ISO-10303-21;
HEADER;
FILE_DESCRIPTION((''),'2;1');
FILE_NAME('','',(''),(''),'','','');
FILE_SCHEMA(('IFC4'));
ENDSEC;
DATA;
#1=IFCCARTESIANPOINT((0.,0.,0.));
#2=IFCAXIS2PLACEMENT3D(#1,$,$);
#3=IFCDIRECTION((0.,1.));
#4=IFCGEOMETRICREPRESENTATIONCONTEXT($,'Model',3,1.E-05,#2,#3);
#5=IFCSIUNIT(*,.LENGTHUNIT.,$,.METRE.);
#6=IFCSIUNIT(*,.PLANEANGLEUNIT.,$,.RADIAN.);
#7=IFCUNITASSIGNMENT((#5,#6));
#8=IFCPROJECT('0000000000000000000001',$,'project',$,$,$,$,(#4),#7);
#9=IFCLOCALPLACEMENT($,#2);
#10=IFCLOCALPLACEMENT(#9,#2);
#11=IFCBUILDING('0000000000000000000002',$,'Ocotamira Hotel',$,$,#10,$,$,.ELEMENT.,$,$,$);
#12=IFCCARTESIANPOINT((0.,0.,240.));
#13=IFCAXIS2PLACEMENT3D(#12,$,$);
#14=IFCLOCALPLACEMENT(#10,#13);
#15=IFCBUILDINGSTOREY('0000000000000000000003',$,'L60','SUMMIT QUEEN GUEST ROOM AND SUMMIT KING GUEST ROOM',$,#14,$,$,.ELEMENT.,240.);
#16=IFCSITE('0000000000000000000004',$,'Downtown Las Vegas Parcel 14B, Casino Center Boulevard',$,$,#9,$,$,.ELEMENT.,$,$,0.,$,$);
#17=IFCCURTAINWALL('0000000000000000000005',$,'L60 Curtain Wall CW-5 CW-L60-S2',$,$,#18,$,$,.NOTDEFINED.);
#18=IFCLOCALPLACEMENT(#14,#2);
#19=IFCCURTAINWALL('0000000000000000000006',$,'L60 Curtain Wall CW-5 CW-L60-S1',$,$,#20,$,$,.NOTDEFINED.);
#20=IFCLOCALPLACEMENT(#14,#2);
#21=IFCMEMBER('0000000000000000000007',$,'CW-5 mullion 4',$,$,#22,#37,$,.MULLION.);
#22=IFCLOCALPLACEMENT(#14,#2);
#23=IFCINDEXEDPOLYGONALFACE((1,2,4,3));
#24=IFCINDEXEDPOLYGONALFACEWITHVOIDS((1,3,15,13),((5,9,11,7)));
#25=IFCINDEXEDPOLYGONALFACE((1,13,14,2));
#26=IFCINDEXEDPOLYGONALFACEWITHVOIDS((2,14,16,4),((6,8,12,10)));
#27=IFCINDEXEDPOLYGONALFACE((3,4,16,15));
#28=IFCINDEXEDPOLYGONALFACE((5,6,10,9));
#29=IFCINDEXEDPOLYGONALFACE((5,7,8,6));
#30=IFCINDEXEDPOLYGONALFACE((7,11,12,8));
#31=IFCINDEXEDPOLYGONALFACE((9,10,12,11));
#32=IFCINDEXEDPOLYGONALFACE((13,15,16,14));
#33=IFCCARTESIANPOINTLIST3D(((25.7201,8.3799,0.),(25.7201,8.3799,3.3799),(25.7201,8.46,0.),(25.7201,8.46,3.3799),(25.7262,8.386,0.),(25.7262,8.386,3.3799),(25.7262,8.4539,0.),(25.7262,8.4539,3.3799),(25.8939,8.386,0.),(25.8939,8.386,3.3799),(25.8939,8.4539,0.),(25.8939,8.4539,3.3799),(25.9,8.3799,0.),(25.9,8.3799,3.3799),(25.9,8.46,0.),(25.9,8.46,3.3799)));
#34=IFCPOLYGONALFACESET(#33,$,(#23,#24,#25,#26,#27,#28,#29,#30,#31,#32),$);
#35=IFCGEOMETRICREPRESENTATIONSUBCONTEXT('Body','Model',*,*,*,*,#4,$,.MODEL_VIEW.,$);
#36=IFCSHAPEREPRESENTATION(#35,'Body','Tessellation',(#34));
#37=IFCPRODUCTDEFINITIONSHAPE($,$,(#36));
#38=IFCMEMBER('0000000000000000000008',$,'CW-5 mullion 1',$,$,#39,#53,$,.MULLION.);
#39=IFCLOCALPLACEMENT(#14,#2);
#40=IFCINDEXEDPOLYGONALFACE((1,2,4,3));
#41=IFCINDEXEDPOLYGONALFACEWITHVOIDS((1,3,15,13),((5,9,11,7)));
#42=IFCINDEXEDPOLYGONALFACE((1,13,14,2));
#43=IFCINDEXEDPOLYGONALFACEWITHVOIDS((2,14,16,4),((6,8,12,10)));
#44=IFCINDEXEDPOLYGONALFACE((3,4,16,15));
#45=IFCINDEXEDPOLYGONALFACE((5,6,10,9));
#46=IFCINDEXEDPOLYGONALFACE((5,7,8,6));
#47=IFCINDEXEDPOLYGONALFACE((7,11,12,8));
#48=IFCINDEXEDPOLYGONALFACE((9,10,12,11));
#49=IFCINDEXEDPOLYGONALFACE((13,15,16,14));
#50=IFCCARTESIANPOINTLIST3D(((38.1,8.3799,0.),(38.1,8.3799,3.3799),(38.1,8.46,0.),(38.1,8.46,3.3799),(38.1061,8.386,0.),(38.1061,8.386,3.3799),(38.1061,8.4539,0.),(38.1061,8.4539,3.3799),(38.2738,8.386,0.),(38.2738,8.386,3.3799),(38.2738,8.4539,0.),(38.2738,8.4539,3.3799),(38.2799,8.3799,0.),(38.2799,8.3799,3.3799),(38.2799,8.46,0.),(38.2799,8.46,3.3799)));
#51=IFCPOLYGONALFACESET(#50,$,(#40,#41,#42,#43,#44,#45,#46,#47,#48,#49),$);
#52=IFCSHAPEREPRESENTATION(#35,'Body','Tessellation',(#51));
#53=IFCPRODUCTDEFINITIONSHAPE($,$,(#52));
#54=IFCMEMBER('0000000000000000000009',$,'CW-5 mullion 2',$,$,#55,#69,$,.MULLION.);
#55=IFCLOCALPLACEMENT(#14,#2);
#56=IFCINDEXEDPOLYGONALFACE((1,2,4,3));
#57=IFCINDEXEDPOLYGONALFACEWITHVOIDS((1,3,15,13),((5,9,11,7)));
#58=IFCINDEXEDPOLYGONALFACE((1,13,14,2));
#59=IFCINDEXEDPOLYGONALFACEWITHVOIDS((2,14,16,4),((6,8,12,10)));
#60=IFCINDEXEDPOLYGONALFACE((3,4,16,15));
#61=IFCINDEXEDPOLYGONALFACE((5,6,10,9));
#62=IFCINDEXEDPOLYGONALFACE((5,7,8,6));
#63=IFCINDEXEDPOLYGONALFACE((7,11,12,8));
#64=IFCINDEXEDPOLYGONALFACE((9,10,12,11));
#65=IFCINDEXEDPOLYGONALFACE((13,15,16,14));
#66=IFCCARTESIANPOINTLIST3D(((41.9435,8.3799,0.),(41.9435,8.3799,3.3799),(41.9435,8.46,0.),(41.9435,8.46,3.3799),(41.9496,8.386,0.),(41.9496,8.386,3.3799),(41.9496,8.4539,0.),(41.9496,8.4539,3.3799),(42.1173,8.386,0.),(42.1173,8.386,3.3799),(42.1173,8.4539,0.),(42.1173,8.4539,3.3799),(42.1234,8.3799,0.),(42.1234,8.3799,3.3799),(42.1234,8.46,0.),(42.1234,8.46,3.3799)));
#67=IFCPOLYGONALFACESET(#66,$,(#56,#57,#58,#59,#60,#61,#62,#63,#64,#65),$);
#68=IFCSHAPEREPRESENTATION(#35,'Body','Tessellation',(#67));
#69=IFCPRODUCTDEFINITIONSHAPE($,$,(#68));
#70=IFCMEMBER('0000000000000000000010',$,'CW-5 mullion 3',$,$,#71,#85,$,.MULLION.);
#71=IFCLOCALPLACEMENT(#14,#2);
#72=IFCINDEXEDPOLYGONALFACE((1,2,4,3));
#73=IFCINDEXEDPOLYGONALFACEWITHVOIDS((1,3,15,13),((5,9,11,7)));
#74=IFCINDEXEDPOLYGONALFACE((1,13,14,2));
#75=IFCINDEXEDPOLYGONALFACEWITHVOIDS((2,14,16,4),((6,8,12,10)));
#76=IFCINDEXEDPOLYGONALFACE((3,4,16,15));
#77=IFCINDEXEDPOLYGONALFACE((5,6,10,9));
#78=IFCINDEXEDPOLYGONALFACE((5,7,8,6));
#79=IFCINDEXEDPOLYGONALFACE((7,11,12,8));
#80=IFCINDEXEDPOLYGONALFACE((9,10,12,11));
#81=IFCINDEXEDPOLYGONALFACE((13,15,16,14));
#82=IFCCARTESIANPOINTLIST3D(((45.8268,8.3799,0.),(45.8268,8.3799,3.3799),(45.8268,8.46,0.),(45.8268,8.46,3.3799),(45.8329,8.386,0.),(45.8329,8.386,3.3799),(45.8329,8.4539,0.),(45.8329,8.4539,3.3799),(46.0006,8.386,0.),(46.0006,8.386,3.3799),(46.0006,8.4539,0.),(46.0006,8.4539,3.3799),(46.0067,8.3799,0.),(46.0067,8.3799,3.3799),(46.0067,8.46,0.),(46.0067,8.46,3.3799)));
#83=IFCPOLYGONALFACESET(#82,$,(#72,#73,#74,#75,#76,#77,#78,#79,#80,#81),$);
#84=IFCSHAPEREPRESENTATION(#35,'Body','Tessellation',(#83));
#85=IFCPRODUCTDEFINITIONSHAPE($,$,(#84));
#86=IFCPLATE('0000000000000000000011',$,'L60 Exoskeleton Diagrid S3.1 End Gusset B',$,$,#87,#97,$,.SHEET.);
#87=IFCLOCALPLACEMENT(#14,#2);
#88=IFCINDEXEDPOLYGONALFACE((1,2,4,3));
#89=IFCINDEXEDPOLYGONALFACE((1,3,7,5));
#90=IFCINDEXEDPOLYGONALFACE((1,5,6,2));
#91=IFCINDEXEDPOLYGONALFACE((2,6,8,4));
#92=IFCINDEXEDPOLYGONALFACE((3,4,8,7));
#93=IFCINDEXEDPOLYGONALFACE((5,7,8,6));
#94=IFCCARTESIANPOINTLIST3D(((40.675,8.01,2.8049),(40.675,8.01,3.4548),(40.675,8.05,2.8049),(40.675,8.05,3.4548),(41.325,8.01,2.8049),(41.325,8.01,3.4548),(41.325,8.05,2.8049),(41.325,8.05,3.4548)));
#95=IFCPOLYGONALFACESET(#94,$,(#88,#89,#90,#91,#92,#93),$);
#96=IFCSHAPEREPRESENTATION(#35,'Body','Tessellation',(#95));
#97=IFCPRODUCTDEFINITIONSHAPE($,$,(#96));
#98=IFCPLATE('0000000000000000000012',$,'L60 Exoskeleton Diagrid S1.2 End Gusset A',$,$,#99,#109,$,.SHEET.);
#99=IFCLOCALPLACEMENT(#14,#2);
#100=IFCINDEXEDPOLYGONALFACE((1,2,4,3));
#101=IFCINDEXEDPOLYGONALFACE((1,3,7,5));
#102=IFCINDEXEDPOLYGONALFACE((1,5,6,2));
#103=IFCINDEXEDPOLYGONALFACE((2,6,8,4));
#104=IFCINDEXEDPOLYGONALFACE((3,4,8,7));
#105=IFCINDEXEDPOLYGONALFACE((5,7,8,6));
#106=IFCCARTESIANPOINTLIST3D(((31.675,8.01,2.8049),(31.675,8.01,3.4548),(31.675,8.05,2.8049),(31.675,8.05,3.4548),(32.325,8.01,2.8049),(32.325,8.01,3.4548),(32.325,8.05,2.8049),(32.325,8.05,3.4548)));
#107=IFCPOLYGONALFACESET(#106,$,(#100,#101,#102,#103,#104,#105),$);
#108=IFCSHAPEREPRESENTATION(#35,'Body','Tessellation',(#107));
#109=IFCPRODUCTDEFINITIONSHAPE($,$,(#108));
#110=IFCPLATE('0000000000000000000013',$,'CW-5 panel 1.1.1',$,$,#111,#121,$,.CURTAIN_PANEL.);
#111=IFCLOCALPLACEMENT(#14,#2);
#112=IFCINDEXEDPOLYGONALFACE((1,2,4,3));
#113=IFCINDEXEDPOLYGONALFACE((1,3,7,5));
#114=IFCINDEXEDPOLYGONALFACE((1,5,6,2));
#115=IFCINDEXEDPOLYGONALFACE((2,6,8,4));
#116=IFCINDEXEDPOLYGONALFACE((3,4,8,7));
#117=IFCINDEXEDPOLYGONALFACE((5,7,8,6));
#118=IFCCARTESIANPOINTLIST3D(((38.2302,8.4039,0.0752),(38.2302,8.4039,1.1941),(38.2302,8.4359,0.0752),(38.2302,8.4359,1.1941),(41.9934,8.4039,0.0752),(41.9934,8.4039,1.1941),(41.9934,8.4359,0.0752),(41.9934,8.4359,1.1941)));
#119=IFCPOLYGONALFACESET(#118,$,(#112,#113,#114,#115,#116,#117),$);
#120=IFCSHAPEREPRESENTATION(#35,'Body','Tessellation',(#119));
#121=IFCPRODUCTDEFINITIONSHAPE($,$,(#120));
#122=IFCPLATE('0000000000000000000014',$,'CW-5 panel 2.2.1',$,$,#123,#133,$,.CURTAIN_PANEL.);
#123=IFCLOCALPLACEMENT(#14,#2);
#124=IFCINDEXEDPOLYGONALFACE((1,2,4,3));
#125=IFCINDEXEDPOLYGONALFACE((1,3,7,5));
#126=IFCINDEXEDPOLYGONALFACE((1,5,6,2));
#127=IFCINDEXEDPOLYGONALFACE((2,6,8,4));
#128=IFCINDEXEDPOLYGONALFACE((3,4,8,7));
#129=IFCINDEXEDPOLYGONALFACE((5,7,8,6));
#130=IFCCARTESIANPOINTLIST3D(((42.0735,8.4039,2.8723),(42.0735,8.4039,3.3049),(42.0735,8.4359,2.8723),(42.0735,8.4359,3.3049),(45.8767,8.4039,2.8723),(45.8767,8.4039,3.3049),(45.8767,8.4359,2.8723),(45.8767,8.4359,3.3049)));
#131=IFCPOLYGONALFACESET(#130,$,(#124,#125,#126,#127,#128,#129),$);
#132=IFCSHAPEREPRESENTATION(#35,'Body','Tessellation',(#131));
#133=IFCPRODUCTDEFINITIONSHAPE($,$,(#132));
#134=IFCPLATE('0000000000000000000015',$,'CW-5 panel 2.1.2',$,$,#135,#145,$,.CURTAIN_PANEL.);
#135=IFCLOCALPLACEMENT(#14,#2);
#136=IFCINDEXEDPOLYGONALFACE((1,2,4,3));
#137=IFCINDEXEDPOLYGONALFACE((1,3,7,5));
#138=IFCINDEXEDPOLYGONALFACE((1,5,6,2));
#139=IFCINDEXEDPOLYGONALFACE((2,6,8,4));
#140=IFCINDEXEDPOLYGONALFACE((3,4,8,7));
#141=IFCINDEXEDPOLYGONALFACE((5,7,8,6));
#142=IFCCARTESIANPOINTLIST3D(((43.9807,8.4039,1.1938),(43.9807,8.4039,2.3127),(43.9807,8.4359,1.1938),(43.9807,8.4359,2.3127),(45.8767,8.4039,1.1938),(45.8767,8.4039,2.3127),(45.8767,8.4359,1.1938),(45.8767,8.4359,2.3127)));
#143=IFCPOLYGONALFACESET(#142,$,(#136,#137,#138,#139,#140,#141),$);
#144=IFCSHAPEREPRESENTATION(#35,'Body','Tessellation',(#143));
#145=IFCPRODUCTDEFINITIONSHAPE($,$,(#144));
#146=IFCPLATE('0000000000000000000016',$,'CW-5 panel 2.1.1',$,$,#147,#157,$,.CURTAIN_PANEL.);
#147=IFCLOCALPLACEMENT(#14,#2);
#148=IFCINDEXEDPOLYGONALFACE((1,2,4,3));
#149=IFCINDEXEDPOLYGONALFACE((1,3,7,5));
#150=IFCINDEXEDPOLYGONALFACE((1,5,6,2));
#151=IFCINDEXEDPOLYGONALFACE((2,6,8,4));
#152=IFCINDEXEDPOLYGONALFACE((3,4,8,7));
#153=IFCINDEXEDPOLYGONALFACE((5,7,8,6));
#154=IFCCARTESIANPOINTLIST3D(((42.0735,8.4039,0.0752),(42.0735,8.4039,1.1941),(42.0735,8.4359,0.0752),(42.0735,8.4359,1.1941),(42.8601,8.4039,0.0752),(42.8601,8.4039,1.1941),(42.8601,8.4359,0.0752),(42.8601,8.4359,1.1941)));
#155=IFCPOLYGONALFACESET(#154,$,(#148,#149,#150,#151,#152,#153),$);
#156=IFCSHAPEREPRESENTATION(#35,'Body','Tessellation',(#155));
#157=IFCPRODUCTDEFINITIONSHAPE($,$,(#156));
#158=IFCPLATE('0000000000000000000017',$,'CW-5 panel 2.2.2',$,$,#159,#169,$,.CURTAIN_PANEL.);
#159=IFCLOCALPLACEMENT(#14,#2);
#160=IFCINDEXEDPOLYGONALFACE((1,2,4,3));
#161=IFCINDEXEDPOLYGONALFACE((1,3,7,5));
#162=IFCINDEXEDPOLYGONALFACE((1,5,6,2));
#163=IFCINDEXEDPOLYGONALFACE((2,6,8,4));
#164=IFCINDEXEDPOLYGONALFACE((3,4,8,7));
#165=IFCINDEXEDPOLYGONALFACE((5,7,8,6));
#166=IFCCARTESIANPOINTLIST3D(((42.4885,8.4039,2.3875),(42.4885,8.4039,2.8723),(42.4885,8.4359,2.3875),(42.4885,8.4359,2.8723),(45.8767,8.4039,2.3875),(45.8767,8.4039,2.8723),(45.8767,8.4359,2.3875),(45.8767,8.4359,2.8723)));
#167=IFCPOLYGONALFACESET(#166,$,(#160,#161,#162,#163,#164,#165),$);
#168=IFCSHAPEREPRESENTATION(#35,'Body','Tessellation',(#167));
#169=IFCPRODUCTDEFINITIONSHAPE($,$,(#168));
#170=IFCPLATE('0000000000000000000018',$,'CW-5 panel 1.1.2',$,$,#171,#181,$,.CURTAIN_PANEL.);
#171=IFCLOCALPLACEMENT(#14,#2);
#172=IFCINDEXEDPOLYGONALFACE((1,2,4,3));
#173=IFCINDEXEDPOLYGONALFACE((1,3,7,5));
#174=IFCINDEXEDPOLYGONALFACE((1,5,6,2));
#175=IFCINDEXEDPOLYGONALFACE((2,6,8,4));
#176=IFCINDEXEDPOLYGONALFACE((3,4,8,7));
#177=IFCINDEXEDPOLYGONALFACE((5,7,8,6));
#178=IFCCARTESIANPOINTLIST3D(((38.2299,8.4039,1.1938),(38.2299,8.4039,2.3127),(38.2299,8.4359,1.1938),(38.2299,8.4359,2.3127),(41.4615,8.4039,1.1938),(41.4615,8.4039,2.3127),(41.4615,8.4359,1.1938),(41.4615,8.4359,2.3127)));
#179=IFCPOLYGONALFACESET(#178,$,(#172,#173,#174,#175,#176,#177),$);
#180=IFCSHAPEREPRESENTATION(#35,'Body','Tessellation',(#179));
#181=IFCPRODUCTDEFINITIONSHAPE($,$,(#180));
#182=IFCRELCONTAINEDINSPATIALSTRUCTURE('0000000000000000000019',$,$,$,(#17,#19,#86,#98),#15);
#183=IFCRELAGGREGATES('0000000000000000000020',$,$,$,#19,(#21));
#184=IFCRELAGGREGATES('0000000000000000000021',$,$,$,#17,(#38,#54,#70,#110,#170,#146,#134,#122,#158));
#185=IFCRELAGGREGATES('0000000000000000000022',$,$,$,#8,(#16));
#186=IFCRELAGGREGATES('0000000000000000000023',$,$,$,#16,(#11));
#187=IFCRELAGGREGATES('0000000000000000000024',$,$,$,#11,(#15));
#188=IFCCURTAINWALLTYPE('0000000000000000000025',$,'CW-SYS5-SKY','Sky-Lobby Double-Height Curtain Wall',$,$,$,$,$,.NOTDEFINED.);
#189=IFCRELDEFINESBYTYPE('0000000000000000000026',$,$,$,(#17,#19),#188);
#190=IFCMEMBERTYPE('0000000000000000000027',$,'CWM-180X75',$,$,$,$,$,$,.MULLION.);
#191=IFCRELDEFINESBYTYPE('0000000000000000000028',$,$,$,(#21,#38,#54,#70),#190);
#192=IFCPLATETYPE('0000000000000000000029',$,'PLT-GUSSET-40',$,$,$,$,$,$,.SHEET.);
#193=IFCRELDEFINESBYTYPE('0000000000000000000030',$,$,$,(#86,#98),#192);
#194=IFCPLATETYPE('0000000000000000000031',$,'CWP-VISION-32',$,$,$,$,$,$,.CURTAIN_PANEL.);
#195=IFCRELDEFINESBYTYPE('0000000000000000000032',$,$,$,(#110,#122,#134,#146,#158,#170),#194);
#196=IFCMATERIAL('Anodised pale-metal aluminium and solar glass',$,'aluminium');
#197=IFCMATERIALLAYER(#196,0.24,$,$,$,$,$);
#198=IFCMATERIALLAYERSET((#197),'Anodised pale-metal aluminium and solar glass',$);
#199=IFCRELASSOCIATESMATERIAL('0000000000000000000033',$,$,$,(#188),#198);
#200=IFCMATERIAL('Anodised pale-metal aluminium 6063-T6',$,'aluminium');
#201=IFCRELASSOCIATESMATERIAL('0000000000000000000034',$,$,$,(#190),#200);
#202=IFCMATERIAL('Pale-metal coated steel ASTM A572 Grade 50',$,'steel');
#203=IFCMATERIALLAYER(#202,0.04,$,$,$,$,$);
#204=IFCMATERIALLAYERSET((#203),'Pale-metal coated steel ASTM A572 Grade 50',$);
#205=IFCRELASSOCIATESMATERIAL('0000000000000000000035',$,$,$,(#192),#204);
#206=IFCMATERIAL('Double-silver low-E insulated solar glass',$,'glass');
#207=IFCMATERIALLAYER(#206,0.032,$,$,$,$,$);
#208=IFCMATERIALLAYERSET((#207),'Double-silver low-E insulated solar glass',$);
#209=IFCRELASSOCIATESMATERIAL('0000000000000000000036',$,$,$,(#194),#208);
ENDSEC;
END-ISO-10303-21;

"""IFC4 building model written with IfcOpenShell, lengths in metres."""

from ifc_helpers import new_model, si_unit, direction, frame, origin, origin_2d, place, context, subcontext, project, spatial, rectangle, hollow_rectangle, extrude, source, transform, mapped, material, layer, layer_set, material_profile, profile_set, type_object, element, aggregate, save


model = new_model("IFC4")

# Units and contexts
model_context = context("Model", 3, precision=1e-05, world=origin(), true_north=direction((0.0, 1.0)))
body_context = subcontext(model_context, "Body", "Model", "MODEL_VIEW")
ifc_project = project(units=[si_unit("LENGTHUNIT", "METRE"), si_unit("PLANEANGLEUNIT", "RADIAN")], contexts=[model_context])

# Site, building, storey
site_placement = place(None, origin())
site = spatial("IfcSite", under=ifc_project, at=site_placement, Name="Downtown Las Vegas Parcel 14B, Casino Center Boulevard", CompositionType="ELEMENT", RefElevation=0.0)
building_placement = place(site_placement, origin())
building = spatial("IfcBuilding", under=site, at=building_placement, Name="Ocotamira Hotel", CompositionType="ELEMENT")
storey_placement = place(building_placement, frame((0.0, 0.0, 240.0)))
storey = spatial("IfcBuildingStorey", under=building, at=storey_placement, Name="L60", Description="SUMMIT QUEEN GUEST ROOM AND SUMMIT KING GUEST ROOM", CompositionType="ELEMENT", Elevation=240.0)

# Curtain wall
ifc_material_1 = material(Name="Anodised pale-metal aluminium and solar glass", Category="aluminium")
ifc_layer_1 = layer(ifc_material_1, 0.24)
ifc_layer_set_1 = layer_set([ifc_layer_1], Name="Anodised pale-metal aluminium and solar glass")
curtain_wall_type = type_object("IfcCurtainWallType", Name="CW-SYS5-SKY", Description="Sky-Lobby Double-Height Curtain Wall", PredefinedType="NOTDEFINED", material=ifc_layer_set_1)
curtain_wall_1_placement = place(storey_placement, origin())
curtain_wall_1 = element("IfcCurtainWall", 1, at=curtain_wall_1_placement, inside=storey, type_object=curtain_wall_type, Name="L60 Curtain Wall CW-5 CW-L60-S2", PredefinedType="NOTDEFINED")
ifc_material_2 = material(Name="Anodised pale-metal aluminium 6063-T6", Category="aluminium")

# Curtain wall, member
curtain_wall_2_placement = place(storey_placement, origin())
curtain_wall_2 = element("IfcCurtainWall", 2, at=curtain_wall_2_placement, inside=storey, type_object=curtain_wall_type, Name="L60 Curtain Wall CW-5 CW-L60-S1", PredefinedType="NOTDEFINED")
ifc_material_profile_1 = material_profile(ifc_material_2, hollow_rectangle(XDim=0.0801, YDim=0.1799, WallThickness=0.0061, at=origin_2d()), Name="HSS180X80X6")
ifc_profile_set_1 = profile_set([ifc_material_profile_1], Name="Anodised pale-metal aluminium 6063-T6")
member_type_1 = type_object("IfcMemberType", Name="CWM-180X75", PredefinedType="MULLION", material=ifc_profile_set_1)
shared_shape_1 = source(origin(), body_context, "Body", "SweptSolid", [
    extrude(hollow_rectangle(XDim=0.0801, YDim=0.1799, WallThickness=0.0061, at=origin_2d()), origin(), (0.0, 0.0, 1.0), 3.3799),
])
member_1_placement = place(storey_placement, frame((25.8101, 8.4199, 0.0), z_axis=(0.0, 0.0, 1.0), x_axis=(0.0, 1.0, 0.0)))
member_1 = element("IfcMember", 3, at=member_1_placement, type_object=member_type_1, Name="CW-5 mullion 4", PredefinedType="MULLION", context=body_context, shape_type="MappedRepresentation", body=[
    mapped(shared_shape_1, transform((0.0, 0.0, 0.0), scale=1.0)),
])

# Members
member_2_placement = place(storey_placement, frame((38.1899, 8.4199, 0.0), z_axis=(0.0, 0.0, 1.0), x_axis=(0.0, 1.0, 0.0)))
member_2 = element("IfcMember", 4, at=member_2_placement, type_object=member_type_1, Name="CW-5 mullion 1", PredefinedType="MULLION", context=body_context, shape_type="MappedRepresentation", body=[
    mapped(shared_shape_1, transform((0.0, 0.0, 0.0), scale=1.0)),
])
member_3_placement = place(storey_placement, frame((42.0334, 8.4199, 0.0), z_axis=(0.0, 0.0, 1.0), x_axis=(0.0, 1.0, 0.0)))
member_3 = element("IfcMember", 5, at=member_3_placement, type_object=member_type_1, Name="CW-5 mullion 2", PredefinedType="MULLION", context=body_context, shape_type="MappedRepresentation", body=[
    mapped(shared_shape_1, transform((0.0, 0.0, 0.0), scale=1.0)),
])
member_4_placement = place(storey_placement, frame((45.9167, 8.4199, 0.0), z_axis=(0.0, 0.0, 1.0), x_axis=(0.0, 1.0, 0.0)))
member_4 = element("IfcMember", 6, at=member_4_placement, type_object=member_type_1, Name="CW-5 mullion 3", PredefinedType="MULLION", context=body_context, shape_type="MappedRepresentation", body=[
    mapped(shared_shape_1, transform((0.0, 0.0, 0.0), scale=1.0)),
])

# Plates
ifc_material_3 = material(Name="Pale-metal coated steel ASTM A572 Grade 50", Category="steel")
ifc_layer_2 = layer(ifc_material_3, 0.04)
ifc_layer_set_2 = layer_set([ifc_layer_2], Name="Pale-metal coated steel ASTM A572 Grade 50")
plate_type_1 = type_object("IfcPlateType", Name="PLT-GUSSET-40", PredefinedType="SHEET", material=ifc_layer_set_2)
shared_shape_2 = source(origin(), body_context, "Body", "SweptSolid", [
    extrude(rectangle(XDim=0.6499, YDim=0.04, at=origin_2d()), origin(), (0.0, 0.0, 1.0), 0.6499),
])
for number, where, z_axis, x_axis, name in (
    (7, (41.0, 8.03, 2.8049), (0.0, 0.0, 1.0), (-1.0, 0.0, 0.0), "L60 Exoskeleton Diagrid S3.1 End Gusset B"),
    (8, (32.0, 8.03, 2.8049), (0.0, 0.0, 1.0), (-1.0, 0.0, 0.0), "L60 Exoskeleton Diagrid S1.2 End Gusset A"),
):
    element("IfcPlate", number, at=place(storey_placement, frame(where, z_axis=z_axis, x_axis=x_axis)), inside=storey, type_object=plate_type_1, Name=name, PredefinedType="SHEET", context=body_context, shape_type="MappedRepresentation", body=[
        mapped(shared_shape_2, transform((0.0, 0.0, 0.0), scale=1.0)),
    ])

# Plates
ifc_material_4 = material(Name="Double-silver low-E insulated solar glass", Category="glass")
ifc_layer_3 = layer(ifc_material_4, 0.032)
ifc_layer_set_3 = layer_set([ifc_layer_3], Name="Double-silver low-E insulated solar glass")
plate_type_2 = type_object("IfcPlateType", Name="CWP-VISION-32", PredefinedType="CURTAIN_PANEL", material=ifc_layer_set_3)
shared_shape_3 = source(origin(), body_context, "Body", "SweptSolid", [
    extrude(rectangle(XDim=3.7632, YDim=0.032, at=origin_2d()), origin(), (0.0, 0.0, 1.0), 1.1189),
])
plate_1_placement = place(storey_placement, frame((40.1118, 8.4199, 0.0752), z_axis=(0.0, 0.0, 1.0), x_axis=(1.0, 0.0, 0.0)))
plate_1 = element("IfcPlate", 9, at=plate_1_placement, type_object=plate_type_2, Name="CW-5 panel 1.1.1", PredefinedType="CURTAIN_PANEL", context=body_context, shape_type="MappedRepresentation", body=[
    mapped(shared_shape_3, transform((0.0, 0.0, 0.0), scale=1.0)),
])
shared_shape_4 = source(origin(), body_context, "Body", "SweptSolid", [
    extrude(rectangle(XDim=3.8032, YDim=0.032, at=origin_2d()), origin(), (0.0, 0.0, 1.0), 0.4326),
])
plate_2_placement = place(storey_placement, frame((43.9751, 8.4199, 2.8723), z_axis=(0.0, 0.0, 1.0), x_axis=(1.0, 0.0, 0.0)))
plate_2 = element("IfcPlate", 10, at=plate_2_placement, type_object=plate_type_2, Name="CW-5 panel 2.2.1", PredefinedType="CURTAIN_PANEL", context=body_context, shape_type="MappedRepresentation", body=[
    mapped(shared_shape_4, transform((0.0, 0.0, 0.0), scale=1.0)),
])
shared_shape_5 = source(origin(), body_context, "Body", "SweptSolid", [
    extrude(rectangle(XDim=1.896, YDim=0.032, at=origin_2d()), origin(), (0.0, 0.0, 1.0), 1.1189),
])
plate_3_placement = place(storey_placement, frame((44.9287, 8.4199, 1.1938), z_axis=(0.0, 0.0, 1.0), x_axis=(1.0, 0.0, 0.0)))
plate_3 = element("IfcPlate", 11, at=plate_3_placement, type_object=plate_type_2, Name="CW-5 panel 2.1.2", PredefinedType="CURTAIN_PANEL", context=body_context, shape_type="MappedRepresentation", body=[
    mapped(shared_shape_5, transform((0.0, 0.0, 0.0), scale=1.0)),
])
shared_shape_6 = source(origin(), body_context, "Body", "SweptSolid", [
    extrude(rectangle(XDim=0.7866, YDim=0.032, at=origin_2d()), origin(), (0.0, 0.0, 1.0), 1.1189),
])
plate_4_placement = place(storey_placement, frame((42.4668, 8.4199, 0.0752), z_axis=(0.0, 0.0, 1.0), x_axis=(1.0, 0.0, 0.0)))
plate_4 = element("IfcPlate", 12, at=plate_4_placement, type_object=plate_type_2, Name="CW-5 panel 2.1.1", PredefinedType="CURTAIN_PANEL", context=body_context, shape_type="MappedRepresentation", body=[
    mapped(shared_shape_6, transform((0.0, 0.0, 0.0), scale=1.0)),
])
shared_shape_7 = source(origin(), body_context, "Body", "SweptSolid", [
    extrude(rectangle(XDim=3.3882, YDim=0.032, at=origin_2d()), origin(), (0.0, 0.0, 1.0), 0.4849),
])
plate_5_placement = place(storey_placement, frame((44.1826, 8.4199, 2.3875), z_axis=(0.0, 0.0, 1.0), x_axis=(1.0, 0.0, 0.0)))
plate_5 = element("IfcPlate", 13, at=plate_5_placement, type_object=plate_type_2, Name="CW-5 panel 2.2.2", PredefinedType="CURTAIN_PANEL", context=body_context, shape_type="MappedRepresentation", body=[
    mapped(shared_shape_7, transform((0.0, 0.0, 0.0), scale=1.0)),
])
shared_shape_8 = source(origin(), body_context, "Body", "SweptSolid", [
    extrude(rectangle(XDim=3.2317, YDim=0.032, at=origin_2d()), origin(), (0.0, 0.0, 1.0), 1.1189),
])
plate_6_placement = place(storey_placement, frame((39.8457, 8.4199, 1.1938), z_axis=(0.0, 0.0, 1.0), x_axis=(1.0, 0.0, 0.0)))
plate_6 = element("IfcPlate", 14, at=plate_6_placement, type_object=plate_type_2, Name="CW-5 panel 1.1.2", PredefinedType="CURTAIN_PANEL", context=body_context, shape_type="MappedRepresentation", body=[
    mapped(shared_shape_8, transform((0.0, 0.0, 0.0), scale=1.0)),
])
aggregate(curtain_wall_2, [member_1])
aggregate(curtain_wall_1, [member_2, member_3, member_4, plate_1, plate_6, plate_4, plate_3, plate_2, plate_5])

save(model, "model.ifc")
